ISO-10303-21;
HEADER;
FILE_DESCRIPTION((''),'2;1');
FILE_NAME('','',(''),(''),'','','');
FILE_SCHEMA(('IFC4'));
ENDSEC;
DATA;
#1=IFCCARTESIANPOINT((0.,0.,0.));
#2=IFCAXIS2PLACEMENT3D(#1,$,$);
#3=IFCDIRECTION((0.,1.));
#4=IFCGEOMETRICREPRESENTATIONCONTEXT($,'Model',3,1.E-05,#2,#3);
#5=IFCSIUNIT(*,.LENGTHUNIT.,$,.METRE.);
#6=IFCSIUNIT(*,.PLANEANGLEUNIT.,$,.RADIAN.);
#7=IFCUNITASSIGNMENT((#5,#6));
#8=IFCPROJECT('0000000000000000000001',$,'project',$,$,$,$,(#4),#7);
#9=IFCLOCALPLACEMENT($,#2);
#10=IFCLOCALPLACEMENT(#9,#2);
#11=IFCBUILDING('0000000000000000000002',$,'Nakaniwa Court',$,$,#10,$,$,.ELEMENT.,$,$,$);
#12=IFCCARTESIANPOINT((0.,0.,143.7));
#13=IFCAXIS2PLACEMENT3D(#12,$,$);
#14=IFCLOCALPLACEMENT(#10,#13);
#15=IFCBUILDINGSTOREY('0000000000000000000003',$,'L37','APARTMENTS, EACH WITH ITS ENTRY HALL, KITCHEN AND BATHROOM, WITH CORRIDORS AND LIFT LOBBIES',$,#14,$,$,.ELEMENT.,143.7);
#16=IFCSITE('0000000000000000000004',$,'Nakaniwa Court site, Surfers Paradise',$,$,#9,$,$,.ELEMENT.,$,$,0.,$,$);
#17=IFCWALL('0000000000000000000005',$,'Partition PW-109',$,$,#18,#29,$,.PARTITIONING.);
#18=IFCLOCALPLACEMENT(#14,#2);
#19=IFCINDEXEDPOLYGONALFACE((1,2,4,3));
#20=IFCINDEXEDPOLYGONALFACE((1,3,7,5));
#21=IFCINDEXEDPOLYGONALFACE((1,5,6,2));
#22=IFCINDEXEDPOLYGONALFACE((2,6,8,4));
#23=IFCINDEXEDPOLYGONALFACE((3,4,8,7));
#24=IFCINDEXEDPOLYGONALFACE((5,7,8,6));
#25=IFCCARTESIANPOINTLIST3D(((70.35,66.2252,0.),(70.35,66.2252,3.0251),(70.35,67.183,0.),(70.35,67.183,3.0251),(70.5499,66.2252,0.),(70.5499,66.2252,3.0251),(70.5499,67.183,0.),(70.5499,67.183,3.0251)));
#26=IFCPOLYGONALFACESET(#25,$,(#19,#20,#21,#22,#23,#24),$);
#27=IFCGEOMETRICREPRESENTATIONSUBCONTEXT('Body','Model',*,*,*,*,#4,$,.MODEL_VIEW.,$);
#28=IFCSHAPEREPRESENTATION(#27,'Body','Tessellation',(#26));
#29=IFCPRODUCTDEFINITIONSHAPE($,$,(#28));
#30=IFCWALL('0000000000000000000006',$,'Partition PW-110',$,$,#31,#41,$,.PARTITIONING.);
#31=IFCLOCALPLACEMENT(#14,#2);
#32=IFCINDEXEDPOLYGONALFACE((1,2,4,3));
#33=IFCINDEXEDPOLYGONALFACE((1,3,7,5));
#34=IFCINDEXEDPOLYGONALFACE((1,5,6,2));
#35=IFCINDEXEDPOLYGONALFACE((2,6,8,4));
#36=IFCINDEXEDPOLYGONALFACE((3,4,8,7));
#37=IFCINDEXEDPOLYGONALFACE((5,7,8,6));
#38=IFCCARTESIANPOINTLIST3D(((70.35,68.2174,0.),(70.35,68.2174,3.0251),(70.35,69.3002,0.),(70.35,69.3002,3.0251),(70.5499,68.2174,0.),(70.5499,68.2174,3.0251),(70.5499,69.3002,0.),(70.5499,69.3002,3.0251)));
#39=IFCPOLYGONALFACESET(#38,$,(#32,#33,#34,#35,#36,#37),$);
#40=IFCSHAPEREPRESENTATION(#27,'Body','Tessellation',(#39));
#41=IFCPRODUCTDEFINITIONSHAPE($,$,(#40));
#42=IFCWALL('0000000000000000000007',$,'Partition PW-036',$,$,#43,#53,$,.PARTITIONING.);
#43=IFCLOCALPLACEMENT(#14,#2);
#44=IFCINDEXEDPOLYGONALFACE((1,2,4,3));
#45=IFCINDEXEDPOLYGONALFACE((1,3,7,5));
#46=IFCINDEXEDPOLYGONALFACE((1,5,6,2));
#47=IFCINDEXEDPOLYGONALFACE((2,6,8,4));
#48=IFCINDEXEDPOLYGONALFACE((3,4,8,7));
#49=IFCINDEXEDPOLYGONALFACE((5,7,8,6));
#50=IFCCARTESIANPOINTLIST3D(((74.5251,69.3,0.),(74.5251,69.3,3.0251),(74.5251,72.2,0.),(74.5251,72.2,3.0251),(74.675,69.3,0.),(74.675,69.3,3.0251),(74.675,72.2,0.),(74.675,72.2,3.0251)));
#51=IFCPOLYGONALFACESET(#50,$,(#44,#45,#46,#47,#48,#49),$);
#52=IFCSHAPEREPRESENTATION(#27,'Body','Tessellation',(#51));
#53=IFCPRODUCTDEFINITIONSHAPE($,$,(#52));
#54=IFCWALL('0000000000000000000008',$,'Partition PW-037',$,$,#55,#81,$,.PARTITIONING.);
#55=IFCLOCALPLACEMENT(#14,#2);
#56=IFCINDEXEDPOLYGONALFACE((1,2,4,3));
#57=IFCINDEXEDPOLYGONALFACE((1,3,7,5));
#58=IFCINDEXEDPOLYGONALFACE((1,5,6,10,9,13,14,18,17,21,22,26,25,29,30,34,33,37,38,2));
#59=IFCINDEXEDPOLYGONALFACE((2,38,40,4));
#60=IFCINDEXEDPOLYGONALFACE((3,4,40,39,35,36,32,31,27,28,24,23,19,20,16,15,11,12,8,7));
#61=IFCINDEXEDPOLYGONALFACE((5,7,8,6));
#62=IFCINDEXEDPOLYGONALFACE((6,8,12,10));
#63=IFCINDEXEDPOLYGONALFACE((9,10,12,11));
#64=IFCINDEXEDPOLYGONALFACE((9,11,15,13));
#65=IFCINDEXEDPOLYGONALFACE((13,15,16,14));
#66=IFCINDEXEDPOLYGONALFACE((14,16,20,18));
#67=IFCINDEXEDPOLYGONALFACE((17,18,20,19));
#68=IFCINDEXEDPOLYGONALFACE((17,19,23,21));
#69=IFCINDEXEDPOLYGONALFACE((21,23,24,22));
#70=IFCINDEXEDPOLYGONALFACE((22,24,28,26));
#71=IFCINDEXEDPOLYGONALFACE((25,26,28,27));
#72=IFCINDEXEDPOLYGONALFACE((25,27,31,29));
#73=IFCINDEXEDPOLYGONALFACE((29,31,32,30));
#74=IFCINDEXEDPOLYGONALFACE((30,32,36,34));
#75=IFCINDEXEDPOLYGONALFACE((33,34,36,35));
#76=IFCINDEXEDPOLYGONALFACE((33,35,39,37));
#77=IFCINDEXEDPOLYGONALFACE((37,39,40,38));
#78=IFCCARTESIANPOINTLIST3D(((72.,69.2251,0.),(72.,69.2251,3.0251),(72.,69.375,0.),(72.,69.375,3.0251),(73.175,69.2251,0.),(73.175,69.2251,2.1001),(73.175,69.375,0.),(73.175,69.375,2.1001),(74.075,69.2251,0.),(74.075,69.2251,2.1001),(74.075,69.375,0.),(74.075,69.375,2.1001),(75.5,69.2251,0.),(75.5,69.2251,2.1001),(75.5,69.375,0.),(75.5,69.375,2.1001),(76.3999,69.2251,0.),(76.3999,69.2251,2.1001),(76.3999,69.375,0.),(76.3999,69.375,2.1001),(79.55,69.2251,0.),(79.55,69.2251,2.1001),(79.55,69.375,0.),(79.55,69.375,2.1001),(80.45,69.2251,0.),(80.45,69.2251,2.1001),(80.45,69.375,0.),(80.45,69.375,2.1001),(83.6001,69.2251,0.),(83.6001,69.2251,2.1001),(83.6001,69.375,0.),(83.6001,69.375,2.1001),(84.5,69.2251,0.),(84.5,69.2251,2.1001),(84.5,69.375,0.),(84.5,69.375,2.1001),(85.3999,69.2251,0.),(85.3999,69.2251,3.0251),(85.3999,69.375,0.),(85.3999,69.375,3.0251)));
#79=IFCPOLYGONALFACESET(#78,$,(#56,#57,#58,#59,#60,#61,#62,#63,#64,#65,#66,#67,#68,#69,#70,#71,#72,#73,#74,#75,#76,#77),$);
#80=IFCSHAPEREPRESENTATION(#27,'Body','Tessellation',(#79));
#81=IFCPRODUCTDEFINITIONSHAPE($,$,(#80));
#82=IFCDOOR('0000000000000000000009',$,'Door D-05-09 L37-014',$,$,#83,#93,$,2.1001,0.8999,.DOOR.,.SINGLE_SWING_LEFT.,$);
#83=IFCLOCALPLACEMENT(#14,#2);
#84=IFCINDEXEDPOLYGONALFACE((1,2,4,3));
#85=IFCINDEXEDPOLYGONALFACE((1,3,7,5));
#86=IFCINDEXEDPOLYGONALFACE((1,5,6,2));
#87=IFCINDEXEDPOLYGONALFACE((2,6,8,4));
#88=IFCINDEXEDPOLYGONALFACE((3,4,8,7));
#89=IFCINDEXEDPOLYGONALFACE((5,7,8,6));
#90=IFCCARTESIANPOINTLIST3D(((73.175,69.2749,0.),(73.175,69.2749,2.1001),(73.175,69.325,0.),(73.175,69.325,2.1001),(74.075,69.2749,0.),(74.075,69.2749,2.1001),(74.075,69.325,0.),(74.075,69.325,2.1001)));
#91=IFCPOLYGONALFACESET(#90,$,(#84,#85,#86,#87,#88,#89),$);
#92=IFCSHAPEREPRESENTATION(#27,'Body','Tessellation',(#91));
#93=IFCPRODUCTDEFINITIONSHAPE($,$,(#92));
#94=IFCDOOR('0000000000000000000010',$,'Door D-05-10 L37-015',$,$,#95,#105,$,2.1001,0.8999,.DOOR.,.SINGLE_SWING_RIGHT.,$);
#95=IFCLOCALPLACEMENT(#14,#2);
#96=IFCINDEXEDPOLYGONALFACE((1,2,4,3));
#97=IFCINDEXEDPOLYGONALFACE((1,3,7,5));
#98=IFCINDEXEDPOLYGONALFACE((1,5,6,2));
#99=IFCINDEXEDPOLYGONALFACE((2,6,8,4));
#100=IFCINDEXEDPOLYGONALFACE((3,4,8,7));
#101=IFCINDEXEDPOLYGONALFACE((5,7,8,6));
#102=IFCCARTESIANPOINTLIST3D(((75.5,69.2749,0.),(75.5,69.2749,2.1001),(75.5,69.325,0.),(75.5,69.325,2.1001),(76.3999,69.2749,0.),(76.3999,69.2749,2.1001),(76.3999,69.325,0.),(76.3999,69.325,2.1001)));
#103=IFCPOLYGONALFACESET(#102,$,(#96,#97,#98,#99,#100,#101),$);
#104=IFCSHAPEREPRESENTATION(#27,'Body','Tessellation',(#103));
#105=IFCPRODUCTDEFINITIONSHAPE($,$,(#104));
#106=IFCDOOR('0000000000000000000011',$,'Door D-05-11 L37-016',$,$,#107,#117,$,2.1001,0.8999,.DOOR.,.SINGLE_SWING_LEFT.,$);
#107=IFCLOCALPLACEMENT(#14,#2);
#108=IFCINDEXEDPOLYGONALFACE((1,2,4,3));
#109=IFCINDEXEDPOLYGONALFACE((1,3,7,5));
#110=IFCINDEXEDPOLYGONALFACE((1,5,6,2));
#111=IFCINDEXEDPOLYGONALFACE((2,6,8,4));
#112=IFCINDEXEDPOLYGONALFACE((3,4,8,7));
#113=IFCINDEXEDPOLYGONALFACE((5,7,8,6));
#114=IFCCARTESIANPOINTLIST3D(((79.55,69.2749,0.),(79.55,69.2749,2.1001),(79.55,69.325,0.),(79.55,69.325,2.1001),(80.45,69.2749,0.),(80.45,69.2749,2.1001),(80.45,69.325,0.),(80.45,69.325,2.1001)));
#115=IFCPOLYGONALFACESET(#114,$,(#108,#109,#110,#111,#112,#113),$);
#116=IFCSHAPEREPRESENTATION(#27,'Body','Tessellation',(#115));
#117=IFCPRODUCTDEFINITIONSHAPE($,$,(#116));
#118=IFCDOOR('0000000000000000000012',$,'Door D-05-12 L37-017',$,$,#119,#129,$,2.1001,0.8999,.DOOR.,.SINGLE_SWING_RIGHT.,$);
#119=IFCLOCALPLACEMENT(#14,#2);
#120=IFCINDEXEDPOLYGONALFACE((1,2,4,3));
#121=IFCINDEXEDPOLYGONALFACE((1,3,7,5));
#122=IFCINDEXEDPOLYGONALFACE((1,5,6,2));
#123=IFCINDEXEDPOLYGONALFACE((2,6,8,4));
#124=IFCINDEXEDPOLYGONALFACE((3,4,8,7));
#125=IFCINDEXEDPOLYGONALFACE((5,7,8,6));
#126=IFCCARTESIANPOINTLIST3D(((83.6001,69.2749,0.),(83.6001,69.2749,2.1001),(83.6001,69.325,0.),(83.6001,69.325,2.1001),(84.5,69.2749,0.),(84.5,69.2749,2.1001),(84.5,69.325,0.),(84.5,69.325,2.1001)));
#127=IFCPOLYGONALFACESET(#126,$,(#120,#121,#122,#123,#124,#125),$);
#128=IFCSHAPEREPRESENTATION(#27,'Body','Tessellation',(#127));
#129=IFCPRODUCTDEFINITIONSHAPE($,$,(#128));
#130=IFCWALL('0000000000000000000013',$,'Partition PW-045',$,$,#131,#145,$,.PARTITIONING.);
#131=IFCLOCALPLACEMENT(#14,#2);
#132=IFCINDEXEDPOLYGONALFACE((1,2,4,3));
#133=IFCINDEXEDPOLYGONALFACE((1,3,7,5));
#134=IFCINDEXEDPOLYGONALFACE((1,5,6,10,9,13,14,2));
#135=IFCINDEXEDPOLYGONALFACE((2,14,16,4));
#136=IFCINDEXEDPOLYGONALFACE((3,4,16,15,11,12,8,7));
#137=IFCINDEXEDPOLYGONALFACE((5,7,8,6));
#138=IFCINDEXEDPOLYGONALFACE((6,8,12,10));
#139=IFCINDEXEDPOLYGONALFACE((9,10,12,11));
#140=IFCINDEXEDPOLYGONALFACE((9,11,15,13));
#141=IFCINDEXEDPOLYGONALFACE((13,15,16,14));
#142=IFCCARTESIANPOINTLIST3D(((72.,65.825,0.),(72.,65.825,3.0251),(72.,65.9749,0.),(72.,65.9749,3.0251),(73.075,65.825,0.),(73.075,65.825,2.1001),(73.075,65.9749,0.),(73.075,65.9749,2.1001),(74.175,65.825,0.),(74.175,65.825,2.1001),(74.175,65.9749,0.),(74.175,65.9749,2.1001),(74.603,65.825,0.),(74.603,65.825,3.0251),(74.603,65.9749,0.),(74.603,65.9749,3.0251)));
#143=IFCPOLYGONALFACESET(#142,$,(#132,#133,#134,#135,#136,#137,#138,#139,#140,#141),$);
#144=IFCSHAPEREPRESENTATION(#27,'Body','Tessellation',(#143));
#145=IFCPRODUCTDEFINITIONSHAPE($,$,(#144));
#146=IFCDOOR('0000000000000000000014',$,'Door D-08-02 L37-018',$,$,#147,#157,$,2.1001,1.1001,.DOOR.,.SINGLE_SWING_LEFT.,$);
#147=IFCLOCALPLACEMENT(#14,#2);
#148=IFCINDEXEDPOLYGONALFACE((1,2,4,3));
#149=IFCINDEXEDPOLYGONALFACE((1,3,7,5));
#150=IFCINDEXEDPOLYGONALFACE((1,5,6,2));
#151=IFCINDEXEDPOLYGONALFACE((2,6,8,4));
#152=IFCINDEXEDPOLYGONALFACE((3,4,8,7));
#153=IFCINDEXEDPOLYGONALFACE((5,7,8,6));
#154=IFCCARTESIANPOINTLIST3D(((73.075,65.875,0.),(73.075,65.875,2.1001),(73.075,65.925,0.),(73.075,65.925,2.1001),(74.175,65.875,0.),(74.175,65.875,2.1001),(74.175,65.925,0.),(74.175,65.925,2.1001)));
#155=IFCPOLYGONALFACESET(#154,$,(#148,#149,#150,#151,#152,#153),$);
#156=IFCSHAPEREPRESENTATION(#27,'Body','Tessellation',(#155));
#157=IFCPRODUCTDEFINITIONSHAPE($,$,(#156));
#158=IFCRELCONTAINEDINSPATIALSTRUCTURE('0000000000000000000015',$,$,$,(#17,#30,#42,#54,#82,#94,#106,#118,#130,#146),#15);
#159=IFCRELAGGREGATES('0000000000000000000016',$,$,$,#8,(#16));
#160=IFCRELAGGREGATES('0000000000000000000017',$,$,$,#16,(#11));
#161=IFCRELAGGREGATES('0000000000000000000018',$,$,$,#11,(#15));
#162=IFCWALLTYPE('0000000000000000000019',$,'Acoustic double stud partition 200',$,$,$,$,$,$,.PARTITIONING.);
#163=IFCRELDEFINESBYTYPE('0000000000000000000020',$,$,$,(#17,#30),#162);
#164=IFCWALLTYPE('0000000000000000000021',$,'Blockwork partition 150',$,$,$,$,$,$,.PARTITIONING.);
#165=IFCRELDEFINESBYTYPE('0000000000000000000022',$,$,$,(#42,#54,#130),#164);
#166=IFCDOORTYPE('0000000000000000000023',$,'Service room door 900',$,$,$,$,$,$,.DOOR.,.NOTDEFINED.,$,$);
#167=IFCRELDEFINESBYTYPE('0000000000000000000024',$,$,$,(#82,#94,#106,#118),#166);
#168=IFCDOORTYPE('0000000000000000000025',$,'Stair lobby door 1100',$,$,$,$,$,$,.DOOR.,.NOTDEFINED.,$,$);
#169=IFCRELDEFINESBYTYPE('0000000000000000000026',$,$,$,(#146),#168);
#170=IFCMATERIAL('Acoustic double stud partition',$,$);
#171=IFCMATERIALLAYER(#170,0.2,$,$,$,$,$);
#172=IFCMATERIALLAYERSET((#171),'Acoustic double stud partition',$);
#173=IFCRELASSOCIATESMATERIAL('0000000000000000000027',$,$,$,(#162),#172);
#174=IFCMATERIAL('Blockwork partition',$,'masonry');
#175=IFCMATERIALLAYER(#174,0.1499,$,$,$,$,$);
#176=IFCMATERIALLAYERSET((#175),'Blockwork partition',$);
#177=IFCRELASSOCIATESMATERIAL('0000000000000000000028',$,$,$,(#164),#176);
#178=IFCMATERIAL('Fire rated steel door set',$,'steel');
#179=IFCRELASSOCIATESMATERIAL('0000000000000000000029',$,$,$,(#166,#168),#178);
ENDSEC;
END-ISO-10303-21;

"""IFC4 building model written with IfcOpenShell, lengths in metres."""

from ifc_helpers import new_model, si_unit, direction, frame, frame_2d, origin, place, context, subcontext, project, spatial, rectangle, extrude, material, layer, layer_set, type_object, element, fill, save


model = new_model("IFC4")

# Units and contexts
model_context = context("Model", 3, precision=1e-05, world=origin(), true_north=direction((0.0, 1.0)))
body_context = subcontext(model_context, "Body", "Model", "MODEL_VIEW")
ifc_project = project(units=[si_unit("LENGTHUNIT", "METRE"), si_unit("PLANEANGLEUNIT", "RADIAN")], contexts=[model_context])

# Site, building, storey
site_placement = place(None, origin())
site = spatial("IfcSite", under=ifc_project, at=site_placement, Name="Nakaniwa Court site, Surfers Paradise", CompositionType="ELEMENT", RefElevation=0.0)
building_placement = place(site_placement, origin())
building = spatial("IfcBuilding", under=site, at=building_placement, Name="Nakaniwa Court", CompositionType="ELEMENT")
storey_placement = place(building_placement, frame((0.0, 0.0, 143.7)))
storey = spatial("IfcBuildingStorey", under=building, at=storey_placement, Name="L37", Description="APARTMENTS, EACH WITH ITS ENTRY HALL, KITCHEN AND BATHROOM, WITH CORRIDORS AND LIFT LOBBIES", CompositionType="ELEMENT", Elevation=143.7)

# Walls
ifc_material_1 = material(Name="Acoustic double stud partition")
ifc_layer_1 = layer(ifc_material_1, 0.2)
ifc_layer_set_1 = layer_set([ifc_layer_1], Name="Acoustic double stud partition")
wall_type_1 = type_object("IfcWallType", Name="Acoustic double stud partition 200", PredefinedType="PARTITIONING", material=ifc_layer_set_1)
wall_1_placement = place(storey_placement, frame((70.45, 66.2251, 0.0), z_axis=(0.0, 0.0, 1.0), x_axis=(0.0, 1.0, 0.0)))
element("IfcWall", 1, at=wall_1_placement, inside=storey, type_object=wall_type_1, Name="Partition PW-109", PredefinedType="PARTITIONING", context=body_context, shape_type="SweptSolid", body=[
    extrude(rectangle(XDim=0.9578, YDim=0.2, at=frame_2d((0.479, 0.0))), origin(), (0.0, 0.0, 1.0), 3.0251),
])
wall_2_placement = place(storey_placement, frame((70.45, 68.2173, 0.0), z_axis=(0.0, 0.0, 1.0), x_axis=(0.0, 1.0, 0.0)))
element("IfcWall", 2, at=wall_2_placement, inside=storey, type_object=wall_type_1, Name="Partition PW-110", PredefinedType="PARTITIONING", context=body_context, shape_type="SweptSolid", body=[
    extrude(rectangle(XDim=1.0828, YDim=0.2, at=frame_2d((0.5415, 0.0))), origin(), (0.0, 0.0, 1.0), 3.0251),
])
ifc_material_2 = material(Name="Blockwork partition", Category="masonry")
ifc_layer_2 = layer(ifc_material_2, 0.1499)
ifc_layer_set_2 = layer_set([ifc_layer_2], Name="Blockwork partition")
wall_type_2 = type_object("IfcWallType", Name="Blockwork partition 150", PredefinedType="PARTITIONING", material=ifc_layer_set_2)
wall_3_placement = place(storey_placement, frame((74.6001, 69.3, 0.0), z_axis=(0.0, 0.0, 1.0), x_axis=(0.0, 1.0, 0.0)))
element("IfcWall", 3, at=wall_3_placement, inside=storey, type_object=wall_type_2, Name="Partition PW-036", PredefinedType="PARTITIONING", context=body_context, shape_type="SweptSolid", body=[
    extrude(rectangle(XDim=2.8999, YDim=0.1499, at=frame_2d((1.45, 0.0))), origin(), (0.0, 0.0, 1.0), 3.0251),
])

# Wall, openings, doors
wall_4_placement = place(storey_placement, frame((72.0, 69.3, 0.0), z_axis=(0.0, 0.0, 1.0), x_axis=(1.0, 0.0, 0.0)))
wall_4 = element("IfcWall", 4, at=wall_4_placement, inside=storey, type_object=wall_type_2, Name="Partition PW-037", PredefinedType="PARTITIONING", context=body_context, shape_type="SweptSolid", body=[
    extrude(rectangle(XDim=13.3999, YDim=0.1499, at=frame_2d((6.7, 0.0))), origin(), (0.0, 0.0, 1.0), 3.0251),
])
opening_1_placement = place(wall_4_placement, frame((1.175, 0.0, 0.0)))
opening_1 = element("IfcOpeningElement", 5, at=opening_1_placement, cuts=wall_4, PredefinedType="OPENING", context=body_context, shape_type="SweptSolid", body=[
    extrude(rectangle(XDim=0.8999, YDim=2.1001, at=frame_2d((0.45, 1.05))), frame((0.0, 0.085, 0.0), z_axis=(0.0, -1.0, 0.0), x_axis=(1.0, 0.0, 0.0)), (0.0, 0.0, 1.0), 0.1699),
])
opening_2_placement = place(wall_4_placement, frame((3.5, 0.0, 0.0)))
opening_2 = element("IfcOpeningElement", 6, at=opening_2_placement, cuts=wall_4, PredefinedType="OPENING", context=body_context, shape_type="SweptSolid", body=[
    extrude(rectangle(XDim=0.8999, YDim=2.1001, at=frame_2d((0.45, 1.05))), frame((0.0, 0.085, 0.0), z_axis=(0.0, -1.0, 0.0), x_axis=(1.0, 0.0, 0.0)), (0.0, 0.0, 1.0), 0.1699),
])
opening_3_placement = place(wall_4_placement, frame((7.55, 0.0, 0.0)))
opening_3 = element("IfcOpeningElement", 7, at=opening_3_placement, cuts=wall_4, PredefinedType="OPENING", context=body_context, shape_type="SweptSolid", body=[
    extrude(rectangle(XDim=0.8999, YDim=2.1001, at=frame_2d((0.45, 1.05))), frame((0.0, 0.085, 0.0), z_axis=(0.0, -1.0, 0.0), x_axis=(1.0, 0.0, 0.0)), (0.0, 0.0, 1.0), 0.1699),
])
opening_4_placement = place(wall_4_placement, frame((11.6001, 0.0, 0.0)))
opening_4 = element("IfcOpeningElement", 8, at=opening_4_placement, cuts=wall_4, PredefinedType="OPENING", context=body_context, shape_type="SweptSolid", body=[
    extrude(rectangle(XDim=0.8999, YDim=2.1001, at=frame_2d((0.45, 1.05))), frame((0.0, 0.085, 0.0), z_axis=(0.0, -1.0, 0.0), x_axis=(1.0, 0.0, 0.0)), (0.0, 0.0, 1.0), 0.1699),
])
ifc_material_3 = material(Name="Fire rated steel door set", Category="steel")
door_type_1 = type_object("IfcDoorType", Name="Service room door 900", OperationType="NOTDEFINED", PredefinedType="DOOR", material=ifc_material_3)
door_1_placement = place(opening_1_placement, origin())
door_1 = element("IfcDoor", 9, at=door_1_placement, inside=storey, type_object=door_type_1, Name="Door D-05-09 L37-014", OperationType="SINGLE_SWING_LEFT", OverallHeight=2.1001, OverallWidth=0.8999, PredefinedType="DOOR", context=body_context, shape_type="SweptSolid", body=[
    extrude(rectangle(XDim=0.8999, YDim=2.1001, at=frame_2d((0.45, 1.05))), frame((0.0, 0.0249, 0.0), z_axis=(0.0, -1.0, 0.0), x_axis=(1.0, 0.0, 0.0)), (0.0, 0.0, 1.0), 0.05),
])
fill(opening_1, door_1)
door_2_placement = place(opening_2_placement, origin())
door_2 = element("IfcDoor", 10, at=door_2_placement, inside=storey, type_object=door_type_1, Name="Door D-05-10 L37-015", OperationType="SINGLE_SWING_RIGHT", OverallHeight=2.1001, OverallWidth=0.8999, PredefinedType="DOOR", context=body_context, shape_type="SweptSolid", body=[
    extrude(rectangle(XDim=0.8999, YDim=2.1001, at=frame_2d((0.45, 1.05))), frame((0.0, 0.0249, 0.0), z_axis=(0.0, -1.0, 0.0), x_axis=(1.0, 0.0, 0.0)), (0.0, 0.0, 1.0), 0.05),
])
fill(opening_2, door_2)
door_3_placement = place(opening_3_placement, origin())
door_3 = element("IfcDoor", 11, at=door_3_placement, inside=storey, type_object=door_type_1, Name="Door D-05-11 L37-016", OperationType="SINGLE_SWING_LEFT", OverallHeight=2.1001, OverallWidth=0.8999, PredefinedType="DOOR", context=body_context, shape_type="SweptSolid", body=[
    extrude(rectangle(XDim=0.8999, YDim=2.1001, at=frame_2d((0.45, 1.05))), frame((0.0, 0.0249, 0.0), z_axis=(0.0, -1.0, 0.0), x_axis=(1.0, 0.0, 0.0)), (0.0, 0.0, 1.0), 0.05),
])
fill(opening_3, door_3)
door_4_placement = place(opening_4_placement, origin())
door_4 = element("IfcDoor", 12, at=door_4_placement, inside=storey, type_object=door_type_1, Name="Door D-05-12 L37-017", OperationType="SINGLE_SWING_RIGHT", OverallHeight=2.1001, OverallWidth=0.8999, PredefinedType="DOOR", context=body_context, shape_type="SweptSolid", body=[
    extrude(rectangle(XDim=0.8999, YDim=2.1001, at=frame_2d((0.45, 1.05))), frame((0.0, 0.0249, 0.0), z_axis=(0.0, -1.0, 0.0), x_axis=(1.0, 0.0, 0.0)), (0.0, 0.0, 1.0), 0.05),
])
fill(opening_4, door_4)

# Wall, opening, door
wall_5_placement = place(storey_placement, frame((74.603, 65.8999, 0.0), z_axis=(0.0, 0.0, 1.0), x_axis=(-1.0, 0.0, 0.0)))
wall_5 = element("IfcWall", 13, at=wall_5_placement, inside=storey, type_object=wall_type_2, Name="Partition PW-045", PredefinedType="PARTITIONING", context=body_context, shape_type="SweptSolid", body=[
    extrude(rectangle(XDim=2.603, YDim=0.1499, at=frame_2d((1.3015, 0.0))), origin(), (0.0, 0.0, 1.0), 3.0251),
])
opening_5_placement = place(wall_5_placement, frame((0.428, 0.0, 0.0)))
opening_5 = element("IfcOpeningElement", 14, at=opening_5_placement, cuts=wall_5, PredefinedType="OPENING", context=body_context, shape_type="SweptSolid", body=[
    extrude(rectangle(XDim=1.1001, YDim=2.1001, at=frame_2d((0.55, 1.05))), frame((0.0, 0.085, 0.0), z_axis=(0.0, -1.0, 0.0), x_axis=(1.0, 0.0, 0.0)), (0.0, 0.0, 1.0), 0.1699),
])
door_type_2 = type_object("IfcDoorType", Name="Stair lobby door 1100", OperationType="NOTDEFINED", PredefinedType="DOOR", material=ifc_material_3)
door_5_placement = place(opening_5_placement, origin())
door_5 = element("IfcDoor", 15, at=door_5_placement, inside=storey, type_object=door_type_2, Name="Door D-08-02 L37-018", OperationType="SINGLE_SWING_LEFT", OverallHeight=2.1001, OverallWidth=1.1001, PredefinedType="DOOR", context=body_context, shape_type="SweptSolid", body=[
    extrude(rectangle(XDim=1.1001, YDim=2.1001, at=frame_2d((0.55, 1.05))), frame((0.0, 0.0249, 0.0), z_axis=(0.0, -1.0, 0.0), x_axis=(1.0, 0.0, 0.0)), (0.0, 0.0, 1.0), 0.05),
])
fill(opening_5, door_5)

save(model, "model.ifc")
